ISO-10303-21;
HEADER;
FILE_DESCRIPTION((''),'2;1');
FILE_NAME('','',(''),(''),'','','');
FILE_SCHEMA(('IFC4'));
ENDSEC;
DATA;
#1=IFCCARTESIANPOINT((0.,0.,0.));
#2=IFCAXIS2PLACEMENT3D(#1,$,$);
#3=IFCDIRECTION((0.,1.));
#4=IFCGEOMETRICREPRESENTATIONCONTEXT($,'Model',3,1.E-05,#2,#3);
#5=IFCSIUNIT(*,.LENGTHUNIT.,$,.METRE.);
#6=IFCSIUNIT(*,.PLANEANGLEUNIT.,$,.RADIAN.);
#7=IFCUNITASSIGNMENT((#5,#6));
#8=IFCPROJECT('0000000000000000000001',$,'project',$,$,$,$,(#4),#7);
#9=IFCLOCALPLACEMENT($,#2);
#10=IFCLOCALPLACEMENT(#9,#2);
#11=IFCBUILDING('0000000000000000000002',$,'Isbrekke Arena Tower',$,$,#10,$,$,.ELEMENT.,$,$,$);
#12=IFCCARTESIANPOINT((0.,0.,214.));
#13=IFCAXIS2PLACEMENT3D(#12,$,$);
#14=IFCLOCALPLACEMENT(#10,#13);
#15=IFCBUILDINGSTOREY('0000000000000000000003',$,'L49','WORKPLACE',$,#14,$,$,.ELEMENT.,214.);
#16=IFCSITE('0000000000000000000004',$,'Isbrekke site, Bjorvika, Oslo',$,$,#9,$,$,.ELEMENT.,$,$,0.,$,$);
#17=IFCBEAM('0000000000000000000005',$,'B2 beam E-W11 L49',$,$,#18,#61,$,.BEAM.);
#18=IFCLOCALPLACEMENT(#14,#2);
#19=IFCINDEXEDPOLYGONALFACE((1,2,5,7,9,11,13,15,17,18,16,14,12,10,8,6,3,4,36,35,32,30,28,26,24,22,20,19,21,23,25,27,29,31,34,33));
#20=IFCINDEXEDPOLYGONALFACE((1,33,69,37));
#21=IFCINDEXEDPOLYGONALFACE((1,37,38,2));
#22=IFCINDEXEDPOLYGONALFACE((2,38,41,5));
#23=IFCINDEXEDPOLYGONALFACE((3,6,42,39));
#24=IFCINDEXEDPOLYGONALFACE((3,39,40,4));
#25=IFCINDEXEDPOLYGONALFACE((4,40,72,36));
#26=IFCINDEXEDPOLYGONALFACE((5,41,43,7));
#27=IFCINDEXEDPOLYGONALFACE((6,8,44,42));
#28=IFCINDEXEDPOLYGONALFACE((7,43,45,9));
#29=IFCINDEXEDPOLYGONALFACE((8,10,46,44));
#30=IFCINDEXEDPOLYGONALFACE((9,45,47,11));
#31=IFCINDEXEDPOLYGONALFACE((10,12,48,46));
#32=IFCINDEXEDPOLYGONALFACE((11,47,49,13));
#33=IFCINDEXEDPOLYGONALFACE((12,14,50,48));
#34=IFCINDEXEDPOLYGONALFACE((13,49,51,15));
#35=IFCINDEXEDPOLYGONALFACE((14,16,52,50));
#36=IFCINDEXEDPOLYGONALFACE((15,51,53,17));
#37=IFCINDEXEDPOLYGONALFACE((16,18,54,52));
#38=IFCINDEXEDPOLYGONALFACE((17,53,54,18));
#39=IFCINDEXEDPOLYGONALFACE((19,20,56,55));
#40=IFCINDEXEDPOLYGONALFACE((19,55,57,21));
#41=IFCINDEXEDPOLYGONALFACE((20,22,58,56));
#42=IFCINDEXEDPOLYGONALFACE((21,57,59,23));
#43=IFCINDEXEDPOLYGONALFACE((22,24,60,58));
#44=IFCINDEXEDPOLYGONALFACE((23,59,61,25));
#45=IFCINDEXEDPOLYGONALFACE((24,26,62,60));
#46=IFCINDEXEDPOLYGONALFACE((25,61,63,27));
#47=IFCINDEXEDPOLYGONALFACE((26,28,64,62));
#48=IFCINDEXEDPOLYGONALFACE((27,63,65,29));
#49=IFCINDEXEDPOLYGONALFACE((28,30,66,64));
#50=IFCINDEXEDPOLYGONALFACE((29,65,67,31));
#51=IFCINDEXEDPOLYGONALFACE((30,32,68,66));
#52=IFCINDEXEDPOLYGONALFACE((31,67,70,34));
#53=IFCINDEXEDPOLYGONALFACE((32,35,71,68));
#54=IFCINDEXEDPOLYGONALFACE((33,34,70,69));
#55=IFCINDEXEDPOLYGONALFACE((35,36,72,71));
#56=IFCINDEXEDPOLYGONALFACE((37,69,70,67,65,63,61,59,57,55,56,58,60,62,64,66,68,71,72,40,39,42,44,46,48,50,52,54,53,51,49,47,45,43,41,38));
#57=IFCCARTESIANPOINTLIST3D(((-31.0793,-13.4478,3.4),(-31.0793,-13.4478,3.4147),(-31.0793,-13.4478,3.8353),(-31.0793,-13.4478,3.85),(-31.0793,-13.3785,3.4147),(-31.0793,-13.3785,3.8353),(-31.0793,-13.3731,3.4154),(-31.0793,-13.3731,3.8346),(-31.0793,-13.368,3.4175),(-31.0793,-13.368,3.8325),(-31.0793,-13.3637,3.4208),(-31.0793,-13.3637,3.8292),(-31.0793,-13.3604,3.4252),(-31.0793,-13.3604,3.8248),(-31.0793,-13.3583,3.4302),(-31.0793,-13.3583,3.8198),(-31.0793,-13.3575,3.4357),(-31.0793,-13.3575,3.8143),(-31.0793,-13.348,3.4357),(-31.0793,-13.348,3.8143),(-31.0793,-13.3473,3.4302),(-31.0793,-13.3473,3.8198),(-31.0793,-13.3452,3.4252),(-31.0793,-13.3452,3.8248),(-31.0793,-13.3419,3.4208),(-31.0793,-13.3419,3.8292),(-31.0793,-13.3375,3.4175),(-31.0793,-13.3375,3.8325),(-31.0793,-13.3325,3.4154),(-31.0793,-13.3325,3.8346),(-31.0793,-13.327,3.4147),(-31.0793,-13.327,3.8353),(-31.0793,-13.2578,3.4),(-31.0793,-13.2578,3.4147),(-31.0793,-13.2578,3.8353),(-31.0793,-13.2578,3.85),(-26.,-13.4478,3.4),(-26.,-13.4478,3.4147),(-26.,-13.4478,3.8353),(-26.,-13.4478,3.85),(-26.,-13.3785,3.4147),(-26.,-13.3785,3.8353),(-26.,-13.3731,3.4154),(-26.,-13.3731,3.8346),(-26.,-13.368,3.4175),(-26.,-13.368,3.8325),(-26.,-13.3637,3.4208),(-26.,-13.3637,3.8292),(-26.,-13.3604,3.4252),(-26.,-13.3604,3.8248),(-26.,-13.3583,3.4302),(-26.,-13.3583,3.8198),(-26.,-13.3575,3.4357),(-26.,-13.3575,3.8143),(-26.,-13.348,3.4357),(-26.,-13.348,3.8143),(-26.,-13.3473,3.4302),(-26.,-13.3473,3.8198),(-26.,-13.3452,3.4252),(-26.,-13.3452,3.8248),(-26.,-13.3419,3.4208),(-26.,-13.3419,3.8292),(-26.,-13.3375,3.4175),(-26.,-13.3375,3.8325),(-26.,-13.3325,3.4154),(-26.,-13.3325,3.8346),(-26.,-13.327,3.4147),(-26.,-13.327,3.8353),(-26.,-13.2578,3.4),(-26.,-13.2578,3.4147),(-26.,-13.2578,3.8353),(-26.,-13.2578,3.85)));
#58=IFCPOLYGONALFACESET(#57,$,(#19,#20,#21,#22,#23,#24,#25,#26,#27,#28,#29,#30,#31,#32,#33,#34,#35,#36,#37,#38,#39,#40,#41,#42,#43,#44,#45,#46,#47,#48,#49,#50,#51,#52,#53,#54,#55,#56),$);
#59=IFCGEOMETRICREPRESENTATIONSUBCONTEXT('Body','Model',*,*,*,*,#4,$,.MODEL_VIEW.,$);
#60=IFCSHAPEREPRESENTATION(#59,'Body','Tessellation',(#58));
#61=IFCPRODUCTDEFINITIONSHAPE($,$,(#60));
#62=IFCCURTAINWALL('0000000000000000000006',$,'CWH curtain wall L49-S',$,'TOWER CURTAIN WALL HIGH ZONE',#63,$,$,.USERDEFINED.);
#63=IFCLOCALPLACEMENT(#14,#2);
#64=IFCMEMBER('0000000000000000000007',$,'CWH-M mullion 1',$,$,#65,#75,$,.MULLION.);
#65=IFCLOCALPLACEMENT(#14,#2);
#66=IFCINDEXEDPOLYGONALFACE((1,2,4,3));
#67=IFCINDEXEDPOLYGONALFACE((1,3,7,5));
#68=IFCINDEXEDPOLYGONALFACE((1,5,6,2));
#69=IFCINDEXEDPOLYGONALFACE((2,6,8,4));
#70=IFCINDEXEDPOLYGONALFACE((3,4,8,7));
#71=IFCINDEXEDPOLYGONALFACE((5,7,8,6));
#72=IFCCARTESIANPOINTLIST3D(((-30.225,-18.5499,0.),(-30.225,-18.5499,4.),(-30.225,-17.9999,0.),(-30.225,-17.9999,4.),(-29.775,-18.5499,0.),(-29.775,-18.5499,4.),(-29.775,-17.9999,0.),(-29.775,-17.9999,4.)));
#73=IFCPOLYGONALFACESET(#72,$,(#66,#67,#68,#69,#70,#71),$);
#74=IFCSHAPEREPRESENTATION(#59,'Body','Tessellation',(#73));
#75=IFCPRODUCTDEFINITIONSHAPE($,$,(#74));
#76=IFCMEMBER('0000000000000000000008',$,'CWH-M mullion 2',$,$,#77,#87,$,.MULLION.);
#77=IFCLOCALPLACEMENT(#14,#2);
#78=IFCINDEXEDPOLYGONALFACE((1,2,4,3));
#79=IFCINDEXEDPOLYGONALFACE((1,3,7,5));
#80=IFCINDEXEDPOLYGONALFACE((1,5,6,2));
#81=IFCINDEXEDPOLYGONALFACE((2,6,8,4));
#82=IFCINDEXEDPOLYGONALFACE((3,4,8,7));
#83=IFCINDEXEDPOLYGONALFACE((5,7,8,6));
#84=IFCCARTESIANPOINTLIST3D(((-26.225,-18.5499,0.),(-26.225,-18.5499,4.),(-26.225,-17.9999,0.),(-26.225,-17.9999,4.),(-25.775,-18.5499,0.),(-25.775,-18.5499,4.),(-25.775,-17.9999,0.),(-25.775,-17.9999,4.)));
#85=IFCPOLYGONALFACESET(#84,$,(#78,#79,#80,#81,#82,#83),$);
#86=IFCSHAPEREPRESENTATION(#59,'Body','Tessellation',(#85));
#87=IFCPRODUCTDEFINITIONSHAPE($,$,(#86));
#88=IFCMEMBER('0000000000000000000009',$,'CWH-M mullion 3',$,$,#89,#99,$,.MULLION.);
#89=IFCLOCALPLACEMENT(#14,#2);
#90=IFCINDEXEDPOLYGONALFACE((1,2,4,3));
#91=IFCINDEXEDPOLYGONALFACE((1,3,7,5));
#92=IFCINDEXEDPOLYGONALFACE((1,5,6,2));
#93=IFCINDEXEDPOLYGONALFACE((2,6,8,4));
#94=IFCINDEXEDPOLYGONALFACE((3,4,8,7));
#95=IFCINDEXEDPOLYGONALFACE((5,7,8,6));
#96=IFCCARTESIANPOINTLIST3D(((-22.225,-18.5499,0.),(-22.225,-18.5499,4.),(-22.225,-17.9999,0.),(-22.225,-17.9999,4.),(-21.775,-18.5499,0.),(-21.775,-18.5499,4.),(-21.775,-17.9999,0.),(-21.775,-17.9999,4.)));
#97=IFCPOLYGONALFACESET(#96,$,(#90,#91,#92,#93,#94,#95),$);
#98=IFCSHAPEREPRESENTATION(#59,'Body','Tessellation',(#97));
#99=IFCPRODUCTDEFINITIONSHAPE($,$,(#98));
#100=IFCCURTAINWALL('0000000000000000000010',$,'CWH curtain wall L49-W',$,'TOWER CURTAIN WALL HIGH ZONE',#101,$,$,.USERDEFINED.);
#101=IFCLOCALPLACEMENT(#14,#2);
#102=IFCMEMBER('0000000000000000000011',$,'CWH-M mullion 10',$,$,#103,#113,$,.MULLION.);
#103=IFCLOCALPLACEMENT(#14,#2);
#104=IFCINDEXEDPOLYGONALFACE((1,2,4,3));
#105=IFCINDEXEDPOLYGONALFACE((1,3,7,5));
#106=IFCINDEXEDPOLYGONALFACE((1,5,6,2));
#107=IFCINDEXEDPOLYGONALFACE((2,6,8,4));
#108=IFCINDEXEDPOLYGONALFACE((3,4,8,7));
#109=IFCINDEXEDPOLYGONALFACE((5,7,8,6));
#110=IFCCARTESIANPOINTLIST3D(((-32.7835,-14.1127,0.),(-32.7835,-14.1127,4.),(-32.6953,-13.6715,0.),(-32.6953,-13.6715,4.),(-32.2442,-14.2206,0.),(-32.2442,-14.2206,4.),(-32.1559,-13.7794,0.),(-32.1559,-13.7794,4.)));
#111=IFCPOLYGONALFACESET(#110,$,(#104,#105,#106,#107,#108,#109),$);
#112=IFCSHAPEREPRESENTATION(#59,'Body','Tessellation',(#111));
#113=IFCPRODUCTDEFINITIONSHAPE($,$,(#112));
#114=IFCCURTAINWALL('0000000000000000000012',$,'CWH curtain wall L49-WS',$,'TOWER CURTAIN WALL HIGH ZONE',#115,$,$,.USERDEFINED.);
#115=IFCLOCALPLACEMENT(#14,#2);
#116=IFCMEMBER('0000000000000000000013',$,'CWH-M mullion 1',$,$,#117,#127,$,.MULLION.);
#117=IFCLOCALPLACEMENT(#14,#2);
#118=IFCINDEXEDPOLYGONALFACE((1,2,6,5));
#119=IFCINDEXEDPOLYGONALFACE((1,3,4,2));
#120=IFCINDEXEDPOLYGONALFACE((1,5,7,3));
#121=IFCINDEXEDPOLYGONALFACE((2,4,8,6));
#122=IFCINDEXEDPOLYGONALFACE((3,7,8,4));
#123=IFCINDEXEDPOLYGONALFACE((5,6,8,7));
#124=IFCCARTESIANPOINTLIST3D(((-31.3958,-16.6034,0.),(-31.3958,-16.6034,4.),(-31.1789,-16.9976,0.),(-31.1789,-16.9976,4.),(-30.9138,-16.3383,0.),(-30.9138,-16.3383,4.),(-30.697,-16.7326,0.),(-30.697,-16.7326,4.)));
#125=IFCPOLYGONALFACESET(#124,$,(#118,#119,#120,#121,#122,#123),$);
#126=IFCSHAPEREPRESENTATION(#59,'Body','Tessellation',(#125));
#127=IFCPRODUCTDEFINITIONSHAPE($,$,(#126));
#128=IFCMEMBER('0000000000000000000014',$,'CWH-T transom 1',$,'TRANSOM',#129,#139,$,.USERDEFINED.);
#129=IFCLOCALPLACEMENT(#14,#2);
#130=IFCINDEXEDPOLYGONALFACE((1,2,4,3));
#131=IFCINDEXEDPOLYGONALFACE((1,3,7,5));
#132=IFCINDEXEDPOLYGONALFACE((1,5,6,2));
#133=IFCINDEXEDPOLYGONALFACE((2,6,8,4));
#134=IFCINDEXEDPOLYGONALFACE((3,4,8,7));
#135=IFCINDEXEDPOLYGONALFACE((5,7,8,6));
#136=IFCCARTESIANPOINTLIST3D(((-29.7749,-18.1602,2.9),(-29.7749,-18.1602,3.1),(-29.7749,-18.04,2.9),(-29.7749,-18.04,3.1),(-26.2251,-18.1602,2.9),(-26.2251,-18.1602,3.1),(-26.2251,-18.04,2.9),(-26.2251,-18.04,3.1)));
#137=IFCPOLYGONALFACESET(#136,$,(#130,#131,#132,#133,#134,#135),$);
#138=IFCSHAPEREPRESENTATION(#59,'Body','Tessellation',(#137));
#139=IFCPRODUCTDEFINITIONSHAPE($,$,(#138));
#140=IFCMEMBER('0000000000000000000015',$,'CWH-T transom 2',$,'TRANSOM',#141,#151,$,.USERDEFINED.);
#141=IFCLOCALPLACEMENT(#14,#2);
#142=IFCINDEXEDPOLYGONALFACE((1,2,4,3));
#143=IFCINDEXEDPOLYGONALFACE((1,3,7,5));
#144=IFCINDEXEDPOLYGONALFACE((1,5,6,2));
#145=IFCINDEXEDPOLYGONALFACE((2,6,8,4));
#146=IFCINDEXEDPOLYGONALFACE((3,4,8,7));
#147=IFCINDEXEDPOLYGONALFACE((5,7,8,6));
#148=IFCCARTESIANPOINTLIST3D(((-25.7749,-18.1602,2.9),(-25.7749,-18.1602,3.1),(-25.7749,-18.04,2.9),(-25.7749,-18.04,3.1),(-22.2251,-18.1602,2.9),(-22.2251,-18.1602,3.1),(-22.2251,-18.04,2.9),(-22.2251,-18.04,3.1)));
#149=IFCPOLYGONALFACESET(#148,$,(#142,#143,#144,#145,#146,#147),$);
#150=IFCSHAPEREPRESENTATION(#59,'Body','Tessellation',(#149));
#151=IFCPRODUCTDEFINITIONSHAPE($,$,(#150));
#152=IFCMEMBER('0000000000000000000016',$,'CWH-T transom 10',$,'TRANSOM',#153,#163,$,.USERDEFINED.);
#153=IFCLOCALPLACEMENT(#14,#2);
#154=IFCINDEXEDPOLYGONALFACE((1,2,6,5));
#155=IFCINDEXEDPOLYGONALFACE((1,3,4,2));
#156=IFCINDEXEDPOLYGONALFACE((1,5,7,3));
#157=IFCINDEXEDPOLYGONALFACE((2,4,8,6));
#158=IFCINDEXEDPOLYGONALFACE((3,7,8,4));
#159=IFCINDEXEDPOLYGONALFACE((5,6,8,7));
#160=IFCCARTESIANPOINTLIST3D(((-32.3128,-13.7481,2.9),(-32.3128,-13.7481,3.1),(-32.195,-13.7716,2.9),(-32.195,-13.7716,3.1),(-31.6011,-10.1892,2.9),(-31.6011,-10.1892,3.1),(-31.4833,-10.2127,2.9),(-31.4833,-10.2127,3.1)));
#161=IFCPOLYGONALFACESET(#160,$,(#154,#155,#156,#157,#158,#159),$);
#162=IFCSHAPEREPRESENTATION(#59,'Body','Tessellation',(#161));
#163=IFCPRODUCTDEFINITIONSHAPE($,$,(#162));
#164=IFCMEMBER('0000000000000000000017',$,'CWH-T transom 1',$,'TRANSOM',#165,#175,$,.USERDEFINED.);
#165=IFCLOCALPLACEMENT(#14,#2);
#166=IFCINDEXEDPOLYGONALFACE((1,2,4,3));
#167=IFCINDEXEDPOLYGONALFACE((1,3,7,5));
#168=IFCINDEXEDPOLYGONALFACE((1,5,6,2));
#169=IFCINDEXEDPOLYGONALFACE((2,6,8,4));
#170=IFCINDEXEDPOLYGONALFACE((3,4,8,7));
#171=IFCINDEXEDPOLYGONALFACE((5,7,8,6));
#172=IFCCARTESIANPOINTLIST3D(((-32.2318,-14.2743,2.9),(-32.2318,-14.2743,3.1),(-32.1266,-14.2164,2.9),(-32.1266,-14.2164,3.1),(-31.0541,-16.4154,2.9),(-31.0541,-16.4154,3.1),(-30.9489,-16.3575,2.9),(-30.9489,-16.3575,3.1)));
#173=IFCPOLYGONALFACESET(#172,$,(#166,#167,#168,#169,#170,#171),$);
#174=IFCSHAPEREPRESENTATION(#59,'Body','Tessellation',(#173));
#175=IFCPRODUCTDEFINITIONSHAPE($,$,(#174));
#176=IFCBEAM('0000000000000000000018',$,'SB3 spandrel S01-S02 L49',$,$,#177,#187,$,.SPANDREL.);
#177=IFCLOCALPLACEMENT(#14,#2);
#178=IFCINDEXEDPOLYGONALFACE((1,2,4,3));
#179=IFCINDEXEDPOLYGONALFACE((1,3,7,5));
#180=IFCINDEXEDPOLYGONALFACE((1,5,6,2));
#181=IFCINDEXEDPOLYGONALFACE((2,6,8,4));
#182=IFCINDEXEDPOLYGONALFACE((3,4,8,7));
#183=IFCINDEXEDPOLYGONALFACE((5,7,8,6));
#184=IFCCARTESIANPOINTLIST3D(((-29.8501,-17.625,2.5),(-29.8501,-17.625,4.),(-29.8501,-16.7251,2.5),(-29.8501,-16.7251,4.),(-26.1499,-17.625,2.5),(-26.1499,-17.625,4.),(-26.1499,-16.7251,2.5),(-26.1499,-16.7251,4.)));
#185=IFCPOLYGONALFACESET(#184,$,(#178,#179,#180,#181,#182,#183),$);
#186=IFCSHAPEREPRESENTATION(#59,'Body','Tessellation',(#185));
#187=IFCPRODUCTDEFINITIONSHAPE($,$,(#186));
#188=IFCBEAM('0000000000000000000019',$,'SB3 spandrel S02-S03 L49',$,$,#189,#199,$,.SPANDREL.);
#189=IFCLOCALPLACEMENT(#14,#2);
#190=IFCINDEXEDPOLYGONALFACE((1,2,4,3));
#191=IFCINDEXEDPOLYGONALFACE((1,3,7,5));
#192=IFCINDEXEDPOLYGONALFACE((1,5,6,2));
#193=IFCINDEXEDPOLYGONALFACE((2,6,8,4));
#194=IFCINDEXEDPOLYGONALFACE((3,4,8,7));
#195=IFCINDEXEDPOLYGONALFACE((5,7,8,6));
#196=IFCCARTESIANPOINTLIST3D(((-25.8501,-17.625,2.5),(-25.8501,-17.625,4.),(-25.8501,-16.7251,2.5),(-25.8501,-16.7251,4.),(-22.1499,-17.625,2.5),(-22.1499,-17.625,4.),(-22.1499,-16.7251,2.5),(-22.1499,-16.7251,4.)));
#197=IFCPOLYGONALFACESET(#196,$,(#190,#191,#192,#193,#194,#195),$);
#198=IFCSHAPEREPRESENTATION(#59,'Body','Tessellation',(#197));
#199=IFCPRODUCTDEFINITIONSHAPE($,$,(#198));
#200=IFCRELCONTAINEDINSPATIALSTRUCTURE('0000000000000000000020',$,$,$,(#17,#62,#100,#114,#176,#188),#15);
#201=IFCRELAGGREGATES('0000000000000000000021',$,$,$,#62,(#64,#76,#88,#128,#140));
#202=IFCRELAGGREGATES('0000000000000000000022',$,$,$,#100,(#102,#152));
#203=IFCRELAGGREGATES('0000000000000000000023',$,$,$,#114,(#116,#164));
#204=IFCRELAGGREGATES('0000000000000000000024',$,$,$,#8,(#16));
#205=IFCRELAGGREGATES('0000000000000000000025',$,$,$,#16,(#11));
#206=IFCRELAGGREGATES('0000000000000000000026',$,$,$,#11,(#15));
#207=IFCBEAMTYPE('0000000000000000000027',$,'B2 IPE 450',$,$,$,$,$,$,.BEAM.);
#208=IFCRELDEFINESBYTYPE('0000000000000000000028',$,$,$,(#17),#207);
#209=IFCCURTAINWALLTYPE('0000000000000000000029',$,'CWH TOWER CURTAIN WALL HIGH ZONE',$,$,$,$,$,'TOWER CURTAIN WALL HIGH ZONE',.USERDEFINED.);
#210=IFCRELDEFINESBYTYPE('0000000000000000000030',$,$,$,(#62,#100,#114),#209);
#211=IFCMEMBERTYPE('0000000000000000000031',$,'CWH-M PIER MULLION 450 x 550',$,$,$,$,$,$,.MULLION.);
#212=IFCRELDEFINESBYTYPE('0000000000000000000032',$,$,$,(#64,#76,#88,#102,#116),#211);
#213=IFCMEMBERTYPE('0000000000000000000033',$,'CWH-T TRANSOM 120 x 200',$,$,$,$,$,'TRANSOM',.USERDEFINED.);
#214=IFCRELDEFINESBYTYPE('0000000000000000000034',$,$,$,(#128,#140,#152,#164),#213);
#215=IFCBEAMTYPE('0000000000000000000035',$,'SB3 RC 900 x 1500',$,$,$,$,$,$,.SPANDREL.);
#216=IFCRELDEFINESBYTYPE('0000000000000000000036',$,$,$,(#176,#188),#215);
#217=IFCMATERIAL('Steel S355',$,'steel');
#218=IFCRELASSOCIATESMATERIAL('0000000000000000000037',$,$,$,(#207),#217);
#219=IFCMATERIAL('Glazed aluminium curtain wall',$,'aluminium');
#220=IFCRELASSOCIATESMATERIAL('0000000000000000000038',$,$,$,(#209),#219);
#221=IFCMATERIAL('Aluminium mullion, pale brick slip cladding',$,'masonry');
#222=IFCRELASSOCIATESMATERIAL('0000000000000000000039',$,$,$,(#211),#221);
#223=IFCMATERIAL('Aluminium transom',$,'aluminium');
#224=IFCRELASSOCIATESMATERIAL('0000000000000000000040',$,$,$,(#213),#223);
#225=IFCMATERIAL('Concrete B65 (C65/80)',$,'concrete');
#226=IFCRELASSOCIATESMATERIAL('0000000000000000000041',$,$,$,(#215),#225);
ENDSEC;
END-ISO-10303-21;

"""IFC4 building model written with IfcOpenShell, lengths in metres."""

from ifc_helpers import new_model, si_unit, direction, frame, origin, origin_2d, place, context, subcontext, project, spatial, rectangle, i_section, extrude, material, material_profile, profile_set, type_object, element, aggregate, save


model = new_model("IFC4")

# Units and contexts
model_context = context("Model", 3, precision=1e-05, world=origin(), true_north=direction((0.0, 1.0)))
body_context = subcontext(model_context, "Body", "Model", "MODEL_VIEW")
ifc_project = project(units=[si_unit("LENGTHUNIT", "METRE"), si_unit("PLANEANGLEUNIT", "RADIAN")], contexts=[model_context])

# Site, building, storey
site_placement = place(None, origin())
site = spatial("IfcSite", under=ifc_project, at=site_placement, Name="Isbrekke site, Bjorvika, Oslo", CompositionType="ELEMENT", RefElevation=0.0)
building_placement = place(site_placement, origin())
building = spatial("IfcBuilding", under=site, at=building_placement, Name="Isbrekke Arena Tower", CompositionType="ELEMENT")
storey_placement = place(building_placement, frame((0.0, 0.0, 214.0)))
storey = spatial("IfcBuildingStorey", under=building, at=storey_placement, Name="L49", Description="WORKPLACE", CompositionType="ELEMENT", Elevation=214.0)

# Beam
ifc_material_1 = material(Name="Steel S355", Category="steel")
ifc_material_profile_1 = material_profile(ifc_material_1, i_section(OverallWidth=0.1899, OverallDepth=0.45, WebThickness=0.0095, FlangeThickness=0.0146, FilletRadius=0.021, at=origin_2d()), Name="IPE 450")
ifc_profile_set_1 = profile_set([ifc_material_profile_1], Name="Steel S355")
beam_type_1 = type_object("IfcBeamType", Name="B2 IPE 450", PredefinedType="BEAM", material=ifc_profile_set_1)
beam_1_placement = place(storey_placement, frame((-31.0793, -13.3528, 3.625), z_axis=(1.0, 0.0, 0.0), x_axis=(0.0, 1.0, 0.0)))
element("IfcBeam", 1, at=beam_1_placement, inside=storey, type_object=beam_type_1, Name="B2 beam E-W11 L49", PredefinedType="BEAM", context=body_context, shape_type="SweptSolid", body=[
    extrude(i_section(OverallWidth=0.1899, OverallDepth=0.45, WebThickness=0.0095, FlangeThickness=0.0146, FilletRadius=0.021, at=origin_2d()), origin(), (0.0, 0.0, 1.0), 5.0793),
])

# Curtain wall, members
ifc_material_2 = material(Name="Glazed aluminium curtain wall", Category="aluminium")
curtain_wall_type = type_object("IfcCurtainWallType", Name="CWH TOWER CURTAIN WALL HIGH ZONE", ElementType="TOWER CURTAIN WALL HIGH ZONE", PredefinedType="USERDEFINED", material=ifc_material_2)
curtain_wall_1_placement = place(storey_placement, origin())
curtain_wall_1 = element("IfcCurtainWall", 2, at=curtain_wall_1_placement, inside=storey, type_object=curtain_wall_type, Name="CWH curtain wall L49-S", ObjectType="TOWER CURTAIN WALL HIGH ZONE", PredefinedType="USERDEFINED")
ifc_material_3 = material(Name="Aluminium mullion, pale brick slip cladding", Category="masonry")
ifc_material_profile_2 = material_profile(ifc_material_3, rectangle(XDim=0.45, YDim=0.55, at=origin_2d()), Name="PIER 450X550")
ifc_profile_set_2 = profile_set([ifc_material_profile_2], Name="Aluminium mullion, pale brick slip cladding")
member_type_1 = type_object("IfcMemberType", Name="CWH-M PIER MULLION 450 x 550", PredefinedType="MULLION", material=ifc_profile_set_2)
member_1_placement = place(storey_placement, frame((-30.0, -18.2749, 0.0), z_axis=(0.0, 0.0, 1.0), x_axis=(1.0, 0.0, 0.0)))
member_1 = element("IfcMember", 3, at=member_1_placement, type_object=member_type_1, Name="CWH-M mullion 1", PredefinedType="MULLION", context=body_context, shape_type="SweptSolid", body=[
    extrude(rectangle(XDim=0.45, YDim=0.55, at=origin_2d()), origin(), (0.0, 0.0, 1.0), 4.0),
])
member_2_placement = place(storey_placement, frame((-26.0, -18.2749, 0.0), z_axis=(0.0, 0.0, 1.0), x_axis=(1.0, 0.0, 0.0)))
member_2 = element("IfcMember", 4, at=member_2_placement, type_object=member_type_1, Name="CWH-M mullion 2", PredefinedType="MULLION", context=body_context, shape_type="SweptSolid", body=[
    extrude(rectangle(XDim=0.45, YDim=0.55, at=origin_2d()), origin(), (0.0, 0.0, 1.0), 4.0),
])
member_3_placement = place(storey_placement, frame((-22.0, -18.2749, 0.0), z_axis=(0.0, 0.0, 1.0), x_axis=(1.0, 0.0, 0.0)))
member_3 = element("IfcMember", 5, at=member_3_placement, type_object=member_type_1, Name="CWH-M mullion 3", PredefinedType="MULLION", context=body_context, shape_type="SweptSolid", body=[
    extrude(rectangle(XDim=0.45, YDim=0.55, at=origin_2d()), origin(), (0.0, 0.0, 1.0), 4.0),
])

# Curtain walls, members
curtain_wall_2_placement = place(storey_placement, origin())
curtain_wall_2 = element("IfcCurtainWall", 6, at=curtain_wall_2_placement, inside=storey, type_object=curtain_wall_type, Name="CWH curtain wall L49-W", ObjectType="TOWER CURTAIN WALL HIGH ZONE", PredefinedType="USERDEFINED")
member_4_placement = place(storey_placement, frame((-32.4697, -13.946, 0.0), z_axis=(0.0, 0.0, 1.0), x_axis=(-0.196116, -0.980581, 0.0)))
member_4 = element("IfcMember", 7, at=member_4_placement, type_object=member_type_1, Name="CWH-M mullion 10", PredefinedType="MULLION", context=body_context, shape_type="SweptSolid", body=[
    extrude(rectangle(XDim=0.45, YDim=0.55, at=origin_2d()), origin(), (0.0, 0.0, 1.0), 4.0),
])
curtain_wall_3_placement = place(storey_placement, origin())
curtain_wall_3 = element("IfcCurtainWall", 8, at=curtain_wall_3_placement, inside=storey, type_object=curtain_wall_type, Name="CWH curtain wall L49-WS", ObjectType="TOWER CURTAIN WALL HIGH ZONE", PredefinedType="USERDEFINED")
member_5_placement = place(storey_placement, frame((-31.0464, -16.668, 0.0), z_axis=(0.0, 0.0, 1.0), x_axis=(0.481919, -0.876216, 0.0)))
member_5 = element("IfcMember", 9, at=member_5_placement, type_object=member_type_1, Name="CWH-M mullion 1", PredefinedType="MULLION", context=body_context, shape_type="SweptSolid", body=[
    extrude(rectangle(XDim=0.45, YDim=0.55, at=origin_2d()), origin(), (0.0, 0.0, 1.0), 4.0),
])

# Members
ifc_material_4 = material(Name="Aluminium transom", Category="aluminium")
ifc_material_profile_3 = material_profile(ifc_material_4, rectangle(XDim=0.1201, YDim=0.2, at=origin_2d()), Name="TRANSOM 120X200")
ifc_profile_set_3 = profile_set([ifc_material_profile_3], Name="Aluminium transom")
member_type_2 = type_object("IfcMemberType", Name="CWH-T TRANSOM 120 x 200", ElementType="TRANSOM", PredefinedType="USERDEFINED", material=ifc_profile_set_3)
member_6_placement = place(storey_placement, frame((-29.7749, -18.1001, 3.0), z_axis=(1.0, 0.0, 0.0), x_axis=(0.0, 1.0, 0.0)))
member_6 = element("IfcMember", 10, at=member_6_placement, type_object=member_type_2, Name="CWH-T transom 1", ObjectType="TRANSOM", PredefinedType="USERDEFINED", context=body_context, shape_type="SweptSolid", body=[
    extrude(rectangle(XDim=0.1201, YDim=0.2, at=origin_2d()), origin(), (0.0, 0.0, 1.0), 3.5498),
])
member_7_placement = place(storey_placement, frame((-25.7749, -18.1001, 3.0), z_axis=(1.0, 0.0, 0.0), x_axis=(0.0, 1.0, 0.0)))
member_7 = element("IfcMember", 11, at=member_7_placement, type_object=member_type_2, Name="CWH-T transom 2", ObjectType="TRANSOM", PredefinedType="USERDEFINED", context=body_context, shape_type="SweptSolid", body=[
    extrude(rectangle(XDim=0.1201, YDim=0.2, at=origin_2d()), origin(), (0.0, 0.0, 1.0), 3.5498),
])
member_8_placement = place(storey_placement, frame((-31.5422, -10.2009, 3.0), z_axis=(-0.19609, -0.980586, 0.0), x_axis=(0.980586, -0.19609, 0.0)))
member_8 = element("IfcMember", 12, at=member_8_placement, type_object=member_type_2, Name="CWH-T transom 10", ObjectType="TRANSOM", PredefinedType="USERDEFINED", context=body_context, shape_type="SweptSolid", body=[
    extrude(rectangle(XDim=0.1201, YDim=0.2, at=origin_2d()), origin(), (0.0, 0.0, 1.0), 3.6294),
])
member_9_placement = place(storey_placement, frame((-32.1792, -14.2454, 3.0), z_axis=(0.481957, -0.876195, 0.0), x_axis=(0.876195, 0.481957, 0.0)))
member_9 = element("IfcMember", 13, at=member_9_placement, type_object=member_type_2, Name="CWH-T transom 1", ObjectType="TRANSOM", PredefinedType="USERDEFINED", context=body_context, shape_type="SweptSolid", body=[
    extrude(rectangle(XDim=0.1201, YDim=0.2, at=origin_2d()), origin(), (0.0, 0.0, 1.0), 2.4436),
])

# Beams
ifc_material_5 = material(Name="Concrete B65 (C65/80)", Category="concrete")
ifc_material_profile_4 = material_profile(ifc_material_5, rectangle(XDim=0.8999, YDim=1.5, at=origin_2d()), Name="RC 900x1500")
ifc_profile_set_4 = profile_set([ifc_material_profile_4], Name="Concrete B65 (C65/80)")
beam_type_2 = type_object("IfcBeamType", Name="SB3 RC 900 x 1500", PredefinedType="SPANDREL", material=ifc_profile_set_4)
for number, where, z_axis, x_axis, name in (
    (14, (-29.8501, -17.175, 3.25), (1.0, 0.0, 0.0), (0.0, 1.0, 0.0), "SB3 spandrel S01-S02 L49"),
    (15, (-25.8501, -17.175, 3.25), (1.0, 0.0, 0.0), (0.0, 1.0, 0.0), "SB3 spandrel S02-S03 L49"),
):
    element("IfcBeam", number, at=place(storey_placement, frame(where, z_axis=z_axis, x_axis=x_axis)), inside=storey, type_object=beam_type_2, Name=name, PredefinedType="SPANDREL", context=body_context, shape_type="SweptSolid", body=[
        extrude(rectangle(XDim=0.8999, YDim=1.5, at=origin_2d()), origin(), (0.0, 0.0, 1.0), 3.7002),
    ])

aggregate(curtain_wall_1, [member_1, member_2, member_3, member_6, member_7])
aggregate(curtain_wall_2, [member_4, member_8])
aggregate(curtain_wall_3, [member_5, member_9])

save(model, "model.ifc")
